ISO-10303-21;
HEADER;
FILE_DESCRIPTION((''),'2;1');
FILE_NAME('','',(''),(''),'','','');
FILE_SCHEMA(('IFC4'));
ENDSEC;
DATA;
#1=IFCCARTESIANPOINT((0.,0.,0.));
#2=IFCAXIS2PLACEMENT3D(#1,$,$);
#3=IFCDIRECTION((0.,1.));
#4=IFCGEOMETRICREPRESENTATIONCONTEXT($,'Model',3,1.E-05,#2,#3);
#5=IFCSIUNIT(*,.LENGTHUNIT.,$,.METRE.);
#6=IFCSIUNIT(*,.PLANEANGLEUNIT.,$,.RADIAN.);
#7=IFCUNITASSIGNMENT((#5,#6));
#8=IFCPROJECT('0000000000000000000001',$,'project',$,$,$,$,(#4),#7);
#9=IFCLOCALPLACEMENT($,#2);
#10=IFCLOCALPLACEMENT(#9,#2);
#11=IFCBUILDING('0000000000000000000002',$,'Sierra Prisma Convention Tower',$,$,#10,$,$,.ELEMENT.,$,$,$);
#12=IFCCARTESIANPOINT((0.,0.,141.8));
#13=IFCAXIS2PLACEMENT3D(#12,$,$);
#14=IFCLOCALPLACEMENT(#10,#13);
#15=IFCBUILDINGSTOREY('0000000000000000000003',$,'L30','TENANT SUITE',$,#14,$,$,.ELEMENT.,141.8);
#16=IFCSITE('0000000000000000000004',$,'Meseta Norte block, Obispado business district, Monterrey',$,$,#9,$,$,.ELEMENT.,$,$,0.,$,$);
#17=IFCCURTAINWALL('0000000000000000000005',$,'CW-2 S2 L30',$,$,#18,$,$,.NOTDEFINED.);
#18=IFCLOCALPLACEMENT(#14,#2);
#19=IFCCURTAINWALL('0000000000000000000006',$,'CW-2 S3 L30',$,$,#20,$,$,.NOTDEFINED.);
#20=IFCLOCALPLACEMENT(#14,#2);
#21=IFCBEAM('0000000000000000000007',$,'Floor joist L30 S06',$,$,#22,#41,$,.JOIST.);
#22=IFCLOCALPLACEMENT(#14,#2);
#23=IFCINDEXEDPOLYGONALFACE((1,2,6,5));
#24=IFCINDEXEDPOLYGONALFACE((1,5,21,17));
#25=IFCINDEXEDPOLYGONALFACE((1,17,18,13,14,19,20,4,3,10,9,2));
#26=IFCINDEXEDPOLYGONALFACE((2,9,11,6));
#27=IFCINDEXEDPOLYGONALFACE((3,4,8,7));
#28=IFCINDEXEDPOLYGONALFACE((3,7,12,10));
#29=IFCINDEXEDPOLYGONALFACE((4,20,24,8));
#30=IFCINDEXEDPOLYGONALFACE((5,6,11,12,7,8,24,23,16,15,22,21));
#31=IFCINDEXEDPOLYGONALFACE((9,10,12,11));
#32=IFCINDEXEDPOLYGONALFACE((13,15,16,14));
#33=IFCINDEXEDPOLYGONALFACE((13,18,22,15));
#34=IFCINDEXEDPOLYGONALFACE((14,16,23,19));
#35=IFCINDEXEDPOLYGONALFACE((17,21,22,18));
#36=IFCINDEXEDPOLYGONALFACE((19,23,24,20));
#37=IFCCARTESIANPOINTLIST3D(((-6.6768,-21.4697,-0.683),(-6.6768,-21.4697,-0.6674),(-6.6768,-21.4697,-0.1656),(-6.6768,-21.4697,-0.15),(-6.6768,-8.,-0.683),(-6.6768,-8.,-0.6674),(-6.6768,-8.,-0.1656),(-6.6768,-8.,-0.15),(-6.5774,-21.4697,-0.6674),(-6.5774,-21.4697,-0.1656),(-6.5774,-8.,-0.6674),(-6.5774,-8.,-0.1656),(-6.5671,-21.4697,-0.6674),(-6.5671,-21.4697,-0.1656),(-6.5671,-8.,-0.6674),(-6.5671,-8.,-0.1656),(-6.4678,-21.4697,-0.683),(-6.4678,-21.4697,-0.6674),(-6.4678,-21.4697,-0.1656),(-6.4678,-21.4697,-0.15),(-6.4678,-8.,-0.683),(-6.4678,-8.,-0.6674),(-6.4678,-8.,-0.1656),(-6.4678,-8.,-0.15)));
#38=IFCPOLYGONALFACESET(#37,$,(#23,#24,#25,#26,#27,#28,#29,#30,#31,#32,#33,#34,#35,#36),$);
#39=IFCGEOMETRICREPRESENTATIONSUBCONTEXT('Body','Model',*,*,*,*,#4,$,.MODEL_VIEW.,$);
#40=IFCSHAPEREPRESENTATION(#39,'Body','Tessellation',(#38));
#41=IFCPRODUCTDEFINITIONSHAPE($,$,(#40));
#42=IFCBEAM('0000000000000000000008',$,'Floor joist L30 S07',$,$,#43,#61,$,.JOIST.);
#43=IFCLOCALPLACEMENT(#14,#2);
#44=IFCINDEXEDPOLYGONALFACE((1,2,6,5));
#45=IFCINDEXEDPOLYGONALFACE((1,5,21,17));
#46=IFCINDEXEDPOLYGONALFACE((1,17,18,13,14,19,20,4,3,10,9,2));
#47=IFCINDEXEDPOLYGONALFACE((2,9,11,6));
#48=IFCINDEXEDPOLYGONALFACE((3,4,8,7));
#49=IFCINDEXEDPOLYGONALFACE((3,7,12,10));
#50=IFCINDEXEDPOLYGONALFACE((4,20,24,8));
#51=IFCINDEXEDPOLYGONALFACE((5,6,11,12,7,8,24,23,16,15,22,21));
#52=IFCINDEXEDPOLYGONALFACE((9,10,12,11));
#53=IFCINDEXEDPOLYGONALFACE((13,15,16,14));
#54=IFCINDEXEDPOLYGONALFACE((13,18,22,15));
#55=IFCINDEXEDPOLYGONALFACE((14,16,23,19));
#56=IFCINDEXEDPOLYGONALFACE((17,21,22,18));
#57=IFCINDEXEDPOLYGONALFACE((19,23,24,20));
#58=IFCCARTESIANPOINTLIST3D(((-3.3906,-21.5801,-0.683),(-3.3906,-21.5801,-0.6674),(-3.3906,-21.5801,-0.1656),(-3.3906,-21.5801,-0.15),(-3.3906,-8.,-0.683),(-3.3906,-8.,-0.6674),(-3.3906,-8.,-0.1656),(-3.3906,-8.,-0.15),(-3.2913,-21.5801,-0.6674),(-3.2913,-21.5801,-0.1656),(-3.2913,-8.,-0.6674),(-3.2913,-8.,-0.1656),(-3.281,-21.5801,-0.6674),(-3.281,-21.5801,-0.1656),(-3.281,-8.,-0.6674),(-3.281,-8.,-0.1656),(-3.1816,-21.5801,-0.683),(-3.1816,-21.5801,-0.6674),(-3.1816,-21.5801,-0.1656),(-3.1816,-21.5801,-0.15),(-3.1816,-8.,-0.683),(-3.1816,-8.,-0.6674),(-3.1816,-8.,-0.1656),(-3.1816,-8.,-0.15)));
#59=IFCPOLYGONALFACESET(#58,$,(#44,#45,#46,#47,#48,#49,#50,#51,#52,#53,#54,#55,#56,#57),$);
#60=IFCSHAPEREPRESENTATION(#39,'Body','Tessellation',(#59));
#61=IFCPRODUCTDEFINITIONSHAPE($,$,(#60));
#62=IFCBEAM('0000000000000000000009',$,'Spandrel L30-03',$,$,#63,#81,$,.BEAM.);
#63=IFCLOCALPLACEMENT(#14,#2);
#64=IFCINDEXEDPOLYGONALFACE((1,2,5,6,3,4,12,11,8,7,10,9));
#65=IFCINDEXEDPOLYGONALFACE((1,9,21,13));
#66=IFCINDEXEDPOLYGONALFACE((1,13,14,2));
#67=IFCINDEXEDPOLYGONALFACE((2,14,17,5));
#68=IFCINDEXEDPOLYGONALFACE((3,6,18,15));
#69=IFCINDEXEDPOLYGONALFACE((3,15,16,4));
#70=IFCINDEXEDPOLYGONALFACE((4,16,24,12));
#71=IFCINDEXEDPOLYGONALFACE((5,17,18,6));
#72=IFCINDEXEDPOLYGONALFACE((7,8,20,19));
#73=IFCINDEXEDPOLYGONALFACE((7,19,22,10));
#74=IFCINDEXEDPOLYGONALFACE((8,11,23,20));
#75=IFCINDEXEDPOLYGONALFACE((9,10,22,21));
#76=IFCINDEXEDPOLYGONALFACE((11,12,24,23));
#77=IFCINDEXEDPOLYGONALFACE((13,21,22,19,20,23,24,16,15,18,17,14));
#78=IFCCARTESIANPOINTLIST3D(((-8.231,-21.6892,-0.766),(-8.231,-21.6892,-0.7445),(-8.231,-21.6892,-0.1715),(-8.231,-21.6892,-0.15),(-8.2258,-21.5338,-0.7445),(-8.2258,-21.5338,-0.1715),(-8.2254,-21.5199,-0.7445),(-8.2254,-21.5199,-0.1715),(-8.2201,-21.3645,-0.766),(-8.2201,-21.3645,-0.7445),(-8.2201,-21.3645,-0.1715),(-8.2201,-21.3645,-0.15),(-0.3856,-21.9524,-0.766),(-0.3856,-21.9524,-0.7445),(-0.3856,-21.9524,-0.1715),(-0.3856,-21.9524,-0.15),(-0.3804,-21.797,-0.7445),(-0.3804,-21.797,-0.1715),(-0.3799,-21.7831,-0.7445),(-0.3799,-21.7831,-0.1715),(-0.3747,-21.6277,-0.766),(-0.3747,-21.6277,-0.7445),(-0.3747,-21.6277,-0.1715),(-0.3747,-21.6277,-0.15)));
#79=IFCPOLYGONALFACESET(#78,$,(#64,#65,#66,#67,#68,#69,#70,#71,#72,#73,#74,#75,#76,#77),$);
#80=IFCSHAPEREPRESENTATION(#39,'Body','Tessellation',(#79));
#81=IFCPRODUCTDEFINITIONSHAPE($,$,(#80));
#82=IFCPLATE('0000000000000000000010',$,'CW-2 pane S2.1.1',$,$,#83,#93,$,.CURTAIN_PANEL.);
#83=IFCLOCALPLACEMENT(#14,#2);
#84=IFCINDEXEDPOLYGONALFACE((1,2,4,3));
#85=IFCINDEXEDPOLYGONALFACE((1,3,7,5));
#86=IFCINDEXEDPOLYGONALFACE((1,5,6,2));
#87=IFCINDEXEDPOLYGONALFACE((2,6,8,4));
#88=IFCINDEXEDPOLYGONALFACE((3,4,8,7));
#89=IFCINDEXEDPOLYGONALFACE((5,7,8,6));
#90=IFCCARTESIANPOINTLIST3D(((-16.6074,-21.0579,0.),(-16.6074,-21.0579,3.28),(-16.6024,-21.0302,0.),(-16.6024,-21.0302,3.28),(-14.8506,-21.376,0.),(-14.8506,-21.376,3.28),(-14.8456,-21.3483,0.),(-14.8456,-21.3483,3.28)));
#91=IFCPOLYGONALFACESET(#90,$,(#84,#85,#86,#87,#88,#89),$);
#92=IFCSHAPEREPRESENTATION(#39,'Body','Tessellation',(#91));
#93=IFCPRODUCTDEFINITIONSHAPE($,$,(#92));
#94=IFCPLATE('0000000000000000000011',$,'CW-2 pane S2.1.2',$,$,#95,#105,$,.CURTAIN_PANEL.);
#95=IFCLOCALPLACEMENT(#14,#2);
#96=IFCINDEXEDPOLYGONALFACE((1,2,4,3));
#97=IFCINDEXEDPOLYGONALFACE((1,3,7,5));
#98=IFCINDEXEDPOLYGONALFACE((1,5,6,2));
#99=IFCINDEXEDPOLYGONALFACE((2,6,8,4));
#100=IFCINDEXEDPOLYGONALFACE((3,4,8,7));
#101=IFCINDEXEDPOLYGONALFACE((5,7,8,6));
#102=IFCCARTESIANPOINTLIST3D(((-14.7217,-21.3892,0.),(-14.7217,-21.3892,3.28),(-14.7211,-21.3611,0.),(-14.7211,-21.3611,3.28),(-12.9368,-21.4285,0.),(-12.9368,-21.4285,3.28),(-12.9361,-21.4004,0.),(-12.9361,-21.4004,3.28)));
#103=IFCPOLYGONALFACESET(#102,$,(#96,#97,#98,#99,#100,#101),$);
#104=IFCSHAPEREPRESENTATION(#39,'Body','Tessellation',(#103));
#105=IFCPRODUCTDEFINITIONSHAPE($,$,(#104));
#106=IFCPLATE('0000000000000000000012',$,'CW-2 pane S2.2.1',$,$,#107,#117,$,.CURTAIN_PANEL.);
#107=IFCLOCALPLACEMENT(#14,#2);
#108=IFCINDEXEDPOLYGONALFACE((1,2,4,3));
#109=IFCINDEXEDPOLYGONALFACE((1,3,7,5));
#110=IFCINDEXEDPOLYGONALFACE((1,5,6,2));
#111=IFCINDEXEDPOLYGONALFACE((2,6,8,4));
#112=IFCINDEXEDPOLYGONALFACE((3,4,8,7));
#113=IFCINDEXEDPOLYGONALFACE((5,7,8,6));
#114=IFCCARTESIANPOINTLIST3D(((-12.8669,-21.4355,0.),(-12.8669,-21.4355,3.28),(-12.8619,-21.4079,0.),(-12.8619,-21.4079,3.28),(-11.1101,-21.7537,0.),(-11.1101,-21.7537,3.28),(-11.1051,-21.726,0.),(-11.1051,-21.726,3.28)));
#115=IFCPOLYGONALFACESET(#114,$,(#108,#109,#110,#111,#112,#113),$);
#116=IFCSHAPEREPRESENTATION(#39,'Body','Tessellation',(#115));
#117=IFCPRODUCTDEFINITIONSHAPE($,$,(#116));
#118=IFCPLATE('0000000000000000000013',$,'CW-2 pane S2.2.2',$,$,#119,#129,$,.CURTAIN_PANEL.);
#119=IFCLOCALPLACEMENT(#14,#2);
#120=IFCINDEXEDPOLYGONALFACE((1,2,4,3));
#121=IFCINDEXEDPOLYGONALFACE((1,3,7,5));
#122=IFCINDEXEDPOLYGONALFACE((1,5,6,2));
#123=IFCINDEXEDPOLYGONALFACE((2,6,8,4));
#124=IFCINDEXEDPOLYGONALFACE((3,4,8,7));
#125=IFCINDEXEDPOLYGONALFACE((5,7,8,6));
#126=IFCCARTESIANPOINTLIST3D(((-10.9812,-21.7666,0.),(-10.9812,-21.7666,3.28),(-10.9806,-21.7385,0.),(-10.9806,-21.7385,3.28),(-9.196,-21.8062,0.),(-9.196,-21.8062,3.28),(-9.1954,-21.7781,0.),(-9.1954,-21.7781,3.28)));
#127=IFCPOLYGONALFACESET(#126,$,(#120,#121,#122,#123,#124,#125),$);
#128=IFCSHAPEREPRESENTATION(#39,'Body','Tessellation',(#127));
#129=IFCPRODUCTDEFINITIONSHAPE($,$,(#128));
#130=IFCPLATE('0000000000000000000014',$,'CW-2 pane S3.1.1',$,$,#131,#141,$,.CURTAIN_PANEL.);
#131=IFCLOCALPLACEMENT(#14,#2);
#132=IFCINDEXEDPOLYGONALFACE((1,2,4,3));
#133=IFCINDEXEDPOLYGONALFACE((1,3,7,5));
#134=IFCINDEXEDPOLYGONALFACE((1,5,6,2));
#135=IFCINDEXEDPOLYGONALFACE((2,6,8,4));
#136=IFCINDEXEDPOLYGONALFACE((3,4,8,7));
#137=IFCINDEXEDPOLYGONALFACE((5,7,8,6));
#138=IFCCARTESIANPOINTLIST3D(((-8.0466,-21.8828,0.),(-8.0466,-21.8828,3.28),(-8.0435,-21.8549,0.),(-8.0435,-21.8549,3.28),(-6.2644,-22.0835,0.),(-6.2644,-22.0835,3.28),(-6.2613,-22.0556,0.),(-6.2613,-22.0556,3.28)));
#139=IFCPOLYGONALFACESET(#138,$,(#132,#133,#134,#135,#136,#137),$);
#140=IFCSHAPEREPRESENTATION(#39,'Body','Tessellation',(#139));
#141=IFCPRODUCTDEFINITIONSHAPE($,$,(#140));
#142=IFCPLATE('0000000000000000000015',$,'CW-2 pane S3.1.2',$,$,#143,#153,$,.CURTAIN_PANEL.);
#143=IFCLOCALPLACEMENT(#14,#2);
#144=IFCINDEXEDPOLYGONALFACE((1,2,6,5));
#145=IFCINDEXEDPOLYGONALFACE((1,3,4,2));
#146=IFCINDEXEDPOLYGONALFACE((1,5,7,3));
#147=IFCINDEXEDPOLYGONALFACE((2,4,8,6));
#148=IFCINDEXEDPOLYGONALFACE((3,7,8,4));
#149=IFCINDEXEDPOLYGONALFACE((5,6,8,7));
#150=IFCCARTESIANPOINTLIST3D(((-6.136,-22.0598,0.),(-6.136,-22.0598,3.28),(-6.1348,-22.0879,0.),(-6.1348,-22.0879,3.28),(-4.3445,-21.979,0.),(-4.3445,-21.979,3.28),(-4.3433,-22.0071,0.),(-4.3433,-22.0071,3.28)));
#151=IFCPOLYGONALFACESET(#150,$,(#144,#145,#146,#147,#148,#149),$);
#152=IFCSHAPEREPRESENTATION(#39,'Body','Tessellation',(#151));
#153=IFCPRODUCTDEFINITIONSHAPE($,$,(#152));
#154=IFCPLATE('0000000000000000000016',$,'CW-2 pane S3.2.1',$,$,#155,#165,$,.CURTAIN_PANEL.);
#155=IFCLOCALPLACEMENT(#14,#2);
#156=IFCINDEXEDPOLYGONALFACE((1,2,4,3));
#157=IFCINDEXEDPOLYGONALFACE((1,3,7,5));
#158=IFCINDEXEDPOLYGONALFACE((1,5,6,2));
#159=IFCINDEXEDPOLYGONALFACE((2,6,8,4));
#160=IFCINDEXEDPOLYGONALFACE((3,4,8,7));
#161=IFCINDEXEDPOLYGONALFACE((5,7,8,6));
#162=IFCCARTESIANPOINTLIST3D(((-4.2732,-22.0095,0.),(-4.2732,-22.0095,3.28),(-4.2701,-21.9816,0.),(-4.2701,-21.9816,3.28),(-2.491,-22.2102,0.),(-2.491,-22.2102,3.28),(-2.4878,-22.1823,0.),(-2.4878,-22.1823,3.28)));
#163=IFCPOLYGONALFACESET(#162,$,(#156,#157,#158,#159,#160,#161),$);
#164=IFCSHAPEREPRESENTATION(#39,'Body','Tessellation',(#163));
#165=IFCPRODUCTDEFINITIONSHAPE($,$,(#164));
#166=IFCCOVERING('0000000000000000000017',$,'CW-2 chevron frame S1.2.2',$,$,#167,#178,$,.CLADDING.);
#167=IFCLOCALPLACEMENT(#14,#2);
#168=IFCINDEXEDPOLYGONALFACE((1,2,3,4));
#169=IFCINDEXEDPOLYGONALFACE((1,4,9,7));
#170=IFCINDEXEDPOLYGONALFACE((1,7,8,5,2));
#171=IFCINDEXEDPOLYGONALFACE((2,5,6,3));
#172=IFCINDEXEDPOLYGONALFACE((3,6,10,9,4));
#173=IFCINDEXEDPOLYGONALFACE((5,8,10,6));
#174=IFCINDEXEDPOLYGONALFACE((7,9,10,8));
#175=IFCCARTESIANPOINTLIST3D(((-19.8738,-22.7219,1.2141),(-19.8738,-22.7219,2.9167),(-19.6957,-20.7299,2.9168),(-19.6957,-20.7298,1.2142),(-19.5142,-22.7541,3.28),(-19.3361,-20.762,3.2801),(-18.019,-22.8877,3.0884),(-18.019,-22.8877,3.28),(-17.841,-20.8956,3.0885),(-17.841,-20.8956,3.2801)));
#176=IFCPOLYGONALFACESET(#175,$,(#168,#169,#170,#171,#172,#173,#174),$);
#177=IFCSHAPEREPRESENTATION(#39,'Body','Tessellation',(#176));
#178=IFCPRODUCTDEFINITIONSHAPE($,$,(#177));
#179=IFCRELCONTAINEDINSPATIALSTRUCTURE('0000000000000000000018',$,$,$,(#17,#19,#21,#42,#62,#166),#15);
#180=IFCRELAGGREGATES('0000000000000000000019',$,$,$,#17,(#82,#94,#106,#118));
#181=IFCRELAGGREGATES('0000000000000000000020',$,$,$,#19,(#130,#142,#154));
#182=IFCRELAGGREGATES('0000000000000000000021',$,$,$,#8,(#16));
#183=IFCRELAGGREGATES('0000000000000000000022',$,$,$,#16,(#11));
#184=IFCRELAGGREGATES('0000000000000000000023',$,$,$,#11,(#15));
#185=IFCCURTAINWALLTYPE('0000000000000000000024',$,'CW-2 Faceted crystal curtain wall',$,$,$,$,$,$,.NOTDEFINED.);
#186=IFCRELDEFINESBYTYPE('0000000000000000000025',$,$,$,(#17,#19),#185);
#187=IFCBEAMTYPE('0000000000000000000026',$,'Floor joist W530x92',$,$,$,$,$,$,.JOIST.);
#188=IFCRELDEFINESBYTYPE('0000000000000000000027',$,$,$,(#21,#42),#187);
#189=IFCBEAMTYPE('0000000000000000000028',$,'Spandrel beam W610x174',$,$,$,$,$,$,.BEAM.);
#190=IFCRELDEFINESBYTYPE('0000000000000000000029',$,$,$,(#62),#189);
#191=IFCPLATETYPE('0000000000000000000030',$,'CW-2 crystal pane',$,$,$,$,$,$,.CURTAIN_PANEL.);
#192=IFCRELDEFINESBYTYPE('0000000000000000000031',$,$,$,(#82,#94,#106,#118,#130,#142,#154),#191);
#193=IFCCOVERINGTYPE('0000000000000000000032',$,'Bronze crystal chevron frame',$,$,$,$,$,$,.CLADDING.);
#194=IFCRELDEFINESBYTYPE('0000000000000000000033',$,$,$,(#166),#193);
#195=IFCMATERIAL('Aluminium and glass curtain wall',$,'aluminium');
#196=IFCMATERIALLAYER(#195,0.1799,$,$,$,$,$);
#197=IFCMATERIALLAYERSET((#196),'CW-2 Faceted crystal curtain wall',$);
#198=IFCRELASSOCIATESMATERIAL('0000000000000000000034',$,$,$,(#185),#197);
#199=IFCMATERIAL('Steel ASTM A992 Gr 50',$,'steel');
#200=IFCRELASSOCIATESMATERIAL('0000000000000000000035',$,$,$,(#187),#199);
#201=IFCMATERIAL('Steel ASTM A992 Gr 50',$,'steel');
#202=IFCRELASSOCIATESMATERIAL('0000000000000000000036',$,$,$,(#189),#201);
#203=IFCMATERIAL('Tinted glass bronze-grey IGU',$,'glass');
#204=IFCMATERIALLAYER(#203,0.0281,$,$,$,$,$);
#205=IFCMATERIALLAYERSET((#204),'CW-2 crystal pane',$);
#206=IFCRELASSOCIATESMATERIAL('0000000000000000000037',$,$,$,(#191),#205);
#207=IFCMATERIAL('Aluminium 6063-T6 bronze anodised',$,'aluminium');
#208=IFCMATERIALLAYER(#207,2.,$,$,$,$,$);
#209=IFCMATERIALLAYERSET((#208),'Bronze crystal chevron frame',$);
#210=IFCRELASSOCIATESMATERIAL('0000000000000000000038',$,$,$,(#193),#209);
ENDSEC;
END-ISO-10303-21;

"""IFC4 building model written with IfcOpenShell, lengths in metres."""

from ifc_helpers import new_model, si_unit, direction, frame, origin, origin_2d, place, context, subcontext, project, spatial, polyline, i_section, outline, extrude, material, layer, layer_set, material_profile, profile_set, type_object, element, aggregate, save


model = new_model("IFC4")

# Units and contexts
model_context = context("Model", 3, precision=1e-05, world=origin(), true_north=direction((0.0, 1.0)))
body_context = subcontext(model_context, "Body", "Model", "MODEL_VIEW")
ifc_project = project(units=[si_unit("LENGTHUNIT", "METRE"), si_unit("PLANEANGLEUNIT", "RADIAN")], contexts=[model_context])

# Site, building, storey
site_placement = place(None, origin())
site = spatial("IfcSite", under=ifc_project, at=site_placement, Name="Meseta Norte block, Obispado business district, Monterrey", CompositionType="ELEMENT", RefElevation=0.0)
building_placement = place(site_placement, origin())
building = spatial("IfcBuilding", under=site, at=building_placement, Name="Sierra Prisma Convention Tower", CompositionType="ELEMENT")
storey_placement = place(building_placement, frame((0.0, 0.0, 141.8)))
storey = spatial("IfcBuildingStorey", under=building, at=storey_placement, Name="L30", Description="TENANT SUITE", CompositionType="ELEMENT", Elevation=141.8)

# Curtain walls
ifc_material_1 = material(Name="Aluminium and glass curtain wall", Category="aluminium")
ifc_layer_1 = layer(ifc_material_1, 0.1799)
ifc_layer_set_1 = layer_set([ifc_layer_1], Name="CW-2 Faceted crystal curtain wall")
curtain_wall_type = type_object("IfcCurtainWallType", Name="CW-2 Faceted crystal curtain wall", PredefinedType="NOTDEFINED", material=ifc_layer_set_1)
curtain_wall_1_placement = place(storey_placement, origin())
curtain_wall_1 = element("IfcCurtainWall", 1, at=curtain_wall_1_placement, inside=storey, type_object=curtain_wall_type, Name="CW-2 S2 L30", PredefinedType="NOTDEFINED")
curtain_wall_2_placement = place(storey_placement, origin())
curtain_wall_2 = element("IfcCurtainWall", 2, at=curtain_wall_2_placement, inside=storey, type_object=curtain_wall_type, Name="CW-2 S3 L30", PredefinedType="NOTDEFINED")

# Beams
ifc_material_2 = material(Name="Steel ASTM A992 Gr 50", Category="steel")
ifc_material_profile_1 = material_profile(ifc_material_2, i_section(OverallWidth=0.209, OverallDepth=0.533, WebThickness=0.0103, FlangeThickness=0.0156, at=origin_2d()), Name="W530x92")
ifc_profile_set_1 = profile_set([ifc_material_profile_1], Name="Steel ASTM A992 Gr 50")
beam_type_1 = type_object("IfcBeamType", Name="Floor joist W530x92", PredefinedType="JOIST", material=ifc_profile_set_1)
beam_1_placement = place(storey_placement, frame((-6.5723, -21.4697, -0.4165), z_axis=(0.0, 1.0, 0.0), x_axis=(-1.0, 0.0, 0.0)))
element("IfcBeam", 3, at=beam_1_placement, inside=storey, type_object=beam_type_1, Name="Floor joist L30 S06", PredefinedType="JOIST", context=body_context, shape_type="SweptSolid", body=[
    extrude(i_section(OverallWidth=0.209, OverallDepth=0.533, WebThickness=0.0103, FlangeThickness=0.0156, at=origin_2d()), origin(), (0.0, 0.0, 1.0), 13.4697),
])
beam_2_placement = place(storey_placement, frame((-3.2861, -21.5801, -0.4165), z_axis=(0.0, 1.0, 0.0), x_axis=(-1.0, 0.0, 0.0)))
element("IfcBeam", 4, at=beam_2_placement, inside=storey, type_object=beam_type_1, Name="Floor joist L30 S07", PredefinedType="JOIST", context=body_context, shape_type="SweptSolid", body=[
    extrude(i_section(OverallWidth=0.209, OverallDepth=0.533, WebThickness=0.0103, FlangeThickness=0.0156, at=origin_2d()), origin(), (0.0, 0.0, 1.0), 13.5801),
])
ifc_material_3 = material(Name="Steel ASTM A992 Gr 50", Category="steel")
ifc_material_profile_2 = material_profile(ifc_material_3, i_section(OverallWidth=0.325, OverallDepth=0.616, WebThickness=0.0139, FlangeThickness=0.0215, at=origin_2d()), Name="W610x174")
ifc_profile_set_2 = profile_set([ifc_material_profile_2], Name="Steel ASTM A992 Gr 50")
beam_type_2 = type_object("IfcBeamType", Name="Spandrel beam W610x174", PredefinedType="BEAM", material=ifc_profile_set_2)
beam_3_placement = place(storey_placement, frame((-8.2256, -21.5269, -0.458), z_axis=(0.999438, -0.033527, 0.0), x_axis=(0.033527, 0.999438, 0.0)))
element("IfcBeam", 5, at=beam_3_placement, inside=storey, type_object=beam_type_2, Name="Spandrel L30-03", PredefinedType="BEAM", context=body_context, shape_type="SweptSolid", body=[
    extrude(i_section(OverallWidth=0.325, OverallDepth=0.616, WebThickness=0.0139, FlangeThickness=0.0215, at=origin_2d()), origin(), (0.0, 0.0, 1.0), 7.8499),
])

# Plates
ifc_material_4 = material(Name="Tinted glass bronze-grey IGU", Category="glass")
ifc_layer_2 = layer(ifc_material_4, 0.0281)
ifc_layer_set_2 = layer_set([ifc_layer_2], Name="CW-2 crystal pane")
plate_type = type_object("IfcPlateType", Name="CW-2 crystal pane", PredefinedType="CURTAIN_PANEL", material=ifc_layer_set_2)
plate_1_placement = place(storey_placement, frame((-16.6074, -21.0579, 0.0), z_axis=(-0.178175, -0.983999, 0.0), x_axis=(0.983999, -0.178175, 0.0)))
plate_1 = element("IfcPlate", 6, at=plate_1_placement, type_object=plate_type, Name="CW-2 pane S2.1.1", PredefinedType="CURTAIN_PANEL", context=body_context, shape_type="SweptSolid", body=[
    extrude(outline(polyline([(0.0, 0.0), (1.7854, 0.0), (1.7854, 3.28), (0.0, 3.28), (0.0, 0.0)])), origin(), (0.0, 0.0, -1.0), 0.0281),
])
plate_2_placement = place(storey_placement, frame((-12.9368, -21.4285, 0.0), z_axis=(-0.022016, -0.999758, 0.0), x_axis=(-0.999758, 0.022016, 0.0)))
plate_2 = element("IfcPlate", 7, at=plate_2_placement, type_object=plate_type, Name="CW-2 pane S2.1.2", PredefinedType="CURTAIN_PANEL", context=body_context, shape_type="SweptSolid", body=[
    extrude(outline(polyline([(0.0, 0.0), (1.7853, 0.0), (1.7853, -3.28), (0.0, -3.28), (0.0, 0.0)])), origin(), (0.0, 0.0, -1.0), 0.0281),
])
plate_3_placement = place(storey_placement, frame((-12.8669, -21.4355, 0.0), z_axis=(-0.178175, -0.983999, 0.0), x_axis=(0.983999, -0.178175, 0.0)))
plate_3 = element("IfcPlate", 8, at=plate_3_placement, type_object=plate_type, Name="CW-2 pane S2.2.1", PredefinedType="CURTAIN_PANEL", context=body_context, shape_type="SweptSolid", body=[
    extrude(outline(polyline([(0.0, 0.0), (1.7854, 0.0), (1.7854, 3.28), (0.0, 3.28), (0.0, 0.0)])), origin(), (0.0, 0.0, -1.0), 0.0281),
])
plate_4_placement = place(storey_placement, frame((-9.196, -21.8062, 0.0), z_axis=(-0.02215, -0.999755, 0.0), x_axis=(-0.999755, 0.02215, 0.0)))
plate_4 = element("IfcPlate", 9, at=plate_4_placement, type_object=plate_type, Name="CW-2 pane S2.2.2", PredefinedType="CURTAIN_PANEL", context=body_context, shape_type="SweptSolid", body=[
    extrude(outline(polyline([(0.0, 0.0), (1.7856, 0.0), (1.7856, -3.28), (0.0, -3.28), (0.0, 0.0)])), origin(), (0.0, 0.0, -1.0), 0.0281),
])
aggregate(curtain_wall_1, [plate_1, plate_2, plate_3, plate_4])
plate_5_placement = place(storey_placement, frame((-8.0466, -21.8828, 0.0), z_axis=(-0.111896, -0.99372, 0.0), x_axis=(0.99372, -0.111896, 0.0)))
plate_5 = element("IfcPlate", 10, at=plate_5_placement, type_object=plate_type, Name="CW-2 pane S3.1.1", PredefinedType="CURTAIN_PANEL", context=body_context, shape_type="SweptSolid", body=[
    extrude(outline(polyline([(0.0, 0.0), (1.7935, 0.0), (1.7935, 3.28), (0.0, 3.28), (0.0, 0.0)])), origin(), (0.0, 0.0, -1.0), 0.0281),
])
plate_6_placement = place(storey_placement, frame((-4.3433, -22.0071, 0.0), z_axis=(0.045062, -0.998984, 0.0), x_axis=(-0.998984, -0.045062, 0.0)))
plate_6 = element("IfcPlate", 11, at=plate_6_placement, type_object=plate_type, Name="CW-2 pane S3.1.2", PredefinedType="CURTAIN_PANEL", context=body_context, shape_type="SweptSolid", body=[
    extrude(outline(polyline([(0.0, 0.0), (1.7933, 0.0), (1.7933, -3.28), (0.0, -3.28), (0.0, 0.0)])), origin(), (0.0, 0.0, -1.0), 0.0281),
])
plate_7_placement = place(storey_placement, frame((-4.2732, -22.0095, 0.0), z_axis=(-0.111896, -0.99372, 0.0), x_axis=(0.99372, -0.111896, 0.0)))
plate_7 = element("IfcPlate", 12, at=plate_7_placement, type_object=plate_type, Name="CW-2 pane S3.2.1", PredefinedType="CURTAIN_PANEL", context=body_context, shape_type="SweptSolid", body=[
    extrude(outline(polyline([(0.0, 0.0), (1.7935, 0.0), (1.7935, 3.28), (0.0, 3.28), (0.0, 0.0)])), origin(), (0.0, 0.0, -1.0), 0.0281),
])
aggregate(curtain_wall_2, [plate_5, plate_6, plate_7])

# Covering
ifc_material_5 = material(Name="Aluminium 6063-T6 bronze anodised", Category="aluminium")
ifc_layer_3 = layer(ifc_material_5, 2.0)
ifc_layer_set_3 = layer_set([ifc_layer_3], Name="Bronze crystal chevron frame")
covering_type = type_object("IfcCoveringType", Name="Bronze crystal chevron frame", PredefinedType="CLADDING", material=ifc_layer_set_3)
covering_1_placement = place(storey_placement, frame((-18.019, -22.8877, 3.28), z_axis=(-0.089015, -0.99603, -0.000039), x_axis=(-0.99603, 0.089015, 0.0)))
element("IfcCovering", 13, at=covering_1_placement, inside=storey, type_object=covering_type, Name="CW-2 chevron frame S1.2.2", PredefinedType="CLADDING", context=body_context, shape_type="SweptSolid", body=[
    extrude(outline(polyline([(0.0, 0.0), (1.5011, 0.0), (1.8621, 0.3633), (1.8621, 2.0659), (0.0, 0.1917), (0.0, 0.0)])), origin(), (0.0, 0.0, -1.0), 2.0),
])

save(model, "model.ifc")
